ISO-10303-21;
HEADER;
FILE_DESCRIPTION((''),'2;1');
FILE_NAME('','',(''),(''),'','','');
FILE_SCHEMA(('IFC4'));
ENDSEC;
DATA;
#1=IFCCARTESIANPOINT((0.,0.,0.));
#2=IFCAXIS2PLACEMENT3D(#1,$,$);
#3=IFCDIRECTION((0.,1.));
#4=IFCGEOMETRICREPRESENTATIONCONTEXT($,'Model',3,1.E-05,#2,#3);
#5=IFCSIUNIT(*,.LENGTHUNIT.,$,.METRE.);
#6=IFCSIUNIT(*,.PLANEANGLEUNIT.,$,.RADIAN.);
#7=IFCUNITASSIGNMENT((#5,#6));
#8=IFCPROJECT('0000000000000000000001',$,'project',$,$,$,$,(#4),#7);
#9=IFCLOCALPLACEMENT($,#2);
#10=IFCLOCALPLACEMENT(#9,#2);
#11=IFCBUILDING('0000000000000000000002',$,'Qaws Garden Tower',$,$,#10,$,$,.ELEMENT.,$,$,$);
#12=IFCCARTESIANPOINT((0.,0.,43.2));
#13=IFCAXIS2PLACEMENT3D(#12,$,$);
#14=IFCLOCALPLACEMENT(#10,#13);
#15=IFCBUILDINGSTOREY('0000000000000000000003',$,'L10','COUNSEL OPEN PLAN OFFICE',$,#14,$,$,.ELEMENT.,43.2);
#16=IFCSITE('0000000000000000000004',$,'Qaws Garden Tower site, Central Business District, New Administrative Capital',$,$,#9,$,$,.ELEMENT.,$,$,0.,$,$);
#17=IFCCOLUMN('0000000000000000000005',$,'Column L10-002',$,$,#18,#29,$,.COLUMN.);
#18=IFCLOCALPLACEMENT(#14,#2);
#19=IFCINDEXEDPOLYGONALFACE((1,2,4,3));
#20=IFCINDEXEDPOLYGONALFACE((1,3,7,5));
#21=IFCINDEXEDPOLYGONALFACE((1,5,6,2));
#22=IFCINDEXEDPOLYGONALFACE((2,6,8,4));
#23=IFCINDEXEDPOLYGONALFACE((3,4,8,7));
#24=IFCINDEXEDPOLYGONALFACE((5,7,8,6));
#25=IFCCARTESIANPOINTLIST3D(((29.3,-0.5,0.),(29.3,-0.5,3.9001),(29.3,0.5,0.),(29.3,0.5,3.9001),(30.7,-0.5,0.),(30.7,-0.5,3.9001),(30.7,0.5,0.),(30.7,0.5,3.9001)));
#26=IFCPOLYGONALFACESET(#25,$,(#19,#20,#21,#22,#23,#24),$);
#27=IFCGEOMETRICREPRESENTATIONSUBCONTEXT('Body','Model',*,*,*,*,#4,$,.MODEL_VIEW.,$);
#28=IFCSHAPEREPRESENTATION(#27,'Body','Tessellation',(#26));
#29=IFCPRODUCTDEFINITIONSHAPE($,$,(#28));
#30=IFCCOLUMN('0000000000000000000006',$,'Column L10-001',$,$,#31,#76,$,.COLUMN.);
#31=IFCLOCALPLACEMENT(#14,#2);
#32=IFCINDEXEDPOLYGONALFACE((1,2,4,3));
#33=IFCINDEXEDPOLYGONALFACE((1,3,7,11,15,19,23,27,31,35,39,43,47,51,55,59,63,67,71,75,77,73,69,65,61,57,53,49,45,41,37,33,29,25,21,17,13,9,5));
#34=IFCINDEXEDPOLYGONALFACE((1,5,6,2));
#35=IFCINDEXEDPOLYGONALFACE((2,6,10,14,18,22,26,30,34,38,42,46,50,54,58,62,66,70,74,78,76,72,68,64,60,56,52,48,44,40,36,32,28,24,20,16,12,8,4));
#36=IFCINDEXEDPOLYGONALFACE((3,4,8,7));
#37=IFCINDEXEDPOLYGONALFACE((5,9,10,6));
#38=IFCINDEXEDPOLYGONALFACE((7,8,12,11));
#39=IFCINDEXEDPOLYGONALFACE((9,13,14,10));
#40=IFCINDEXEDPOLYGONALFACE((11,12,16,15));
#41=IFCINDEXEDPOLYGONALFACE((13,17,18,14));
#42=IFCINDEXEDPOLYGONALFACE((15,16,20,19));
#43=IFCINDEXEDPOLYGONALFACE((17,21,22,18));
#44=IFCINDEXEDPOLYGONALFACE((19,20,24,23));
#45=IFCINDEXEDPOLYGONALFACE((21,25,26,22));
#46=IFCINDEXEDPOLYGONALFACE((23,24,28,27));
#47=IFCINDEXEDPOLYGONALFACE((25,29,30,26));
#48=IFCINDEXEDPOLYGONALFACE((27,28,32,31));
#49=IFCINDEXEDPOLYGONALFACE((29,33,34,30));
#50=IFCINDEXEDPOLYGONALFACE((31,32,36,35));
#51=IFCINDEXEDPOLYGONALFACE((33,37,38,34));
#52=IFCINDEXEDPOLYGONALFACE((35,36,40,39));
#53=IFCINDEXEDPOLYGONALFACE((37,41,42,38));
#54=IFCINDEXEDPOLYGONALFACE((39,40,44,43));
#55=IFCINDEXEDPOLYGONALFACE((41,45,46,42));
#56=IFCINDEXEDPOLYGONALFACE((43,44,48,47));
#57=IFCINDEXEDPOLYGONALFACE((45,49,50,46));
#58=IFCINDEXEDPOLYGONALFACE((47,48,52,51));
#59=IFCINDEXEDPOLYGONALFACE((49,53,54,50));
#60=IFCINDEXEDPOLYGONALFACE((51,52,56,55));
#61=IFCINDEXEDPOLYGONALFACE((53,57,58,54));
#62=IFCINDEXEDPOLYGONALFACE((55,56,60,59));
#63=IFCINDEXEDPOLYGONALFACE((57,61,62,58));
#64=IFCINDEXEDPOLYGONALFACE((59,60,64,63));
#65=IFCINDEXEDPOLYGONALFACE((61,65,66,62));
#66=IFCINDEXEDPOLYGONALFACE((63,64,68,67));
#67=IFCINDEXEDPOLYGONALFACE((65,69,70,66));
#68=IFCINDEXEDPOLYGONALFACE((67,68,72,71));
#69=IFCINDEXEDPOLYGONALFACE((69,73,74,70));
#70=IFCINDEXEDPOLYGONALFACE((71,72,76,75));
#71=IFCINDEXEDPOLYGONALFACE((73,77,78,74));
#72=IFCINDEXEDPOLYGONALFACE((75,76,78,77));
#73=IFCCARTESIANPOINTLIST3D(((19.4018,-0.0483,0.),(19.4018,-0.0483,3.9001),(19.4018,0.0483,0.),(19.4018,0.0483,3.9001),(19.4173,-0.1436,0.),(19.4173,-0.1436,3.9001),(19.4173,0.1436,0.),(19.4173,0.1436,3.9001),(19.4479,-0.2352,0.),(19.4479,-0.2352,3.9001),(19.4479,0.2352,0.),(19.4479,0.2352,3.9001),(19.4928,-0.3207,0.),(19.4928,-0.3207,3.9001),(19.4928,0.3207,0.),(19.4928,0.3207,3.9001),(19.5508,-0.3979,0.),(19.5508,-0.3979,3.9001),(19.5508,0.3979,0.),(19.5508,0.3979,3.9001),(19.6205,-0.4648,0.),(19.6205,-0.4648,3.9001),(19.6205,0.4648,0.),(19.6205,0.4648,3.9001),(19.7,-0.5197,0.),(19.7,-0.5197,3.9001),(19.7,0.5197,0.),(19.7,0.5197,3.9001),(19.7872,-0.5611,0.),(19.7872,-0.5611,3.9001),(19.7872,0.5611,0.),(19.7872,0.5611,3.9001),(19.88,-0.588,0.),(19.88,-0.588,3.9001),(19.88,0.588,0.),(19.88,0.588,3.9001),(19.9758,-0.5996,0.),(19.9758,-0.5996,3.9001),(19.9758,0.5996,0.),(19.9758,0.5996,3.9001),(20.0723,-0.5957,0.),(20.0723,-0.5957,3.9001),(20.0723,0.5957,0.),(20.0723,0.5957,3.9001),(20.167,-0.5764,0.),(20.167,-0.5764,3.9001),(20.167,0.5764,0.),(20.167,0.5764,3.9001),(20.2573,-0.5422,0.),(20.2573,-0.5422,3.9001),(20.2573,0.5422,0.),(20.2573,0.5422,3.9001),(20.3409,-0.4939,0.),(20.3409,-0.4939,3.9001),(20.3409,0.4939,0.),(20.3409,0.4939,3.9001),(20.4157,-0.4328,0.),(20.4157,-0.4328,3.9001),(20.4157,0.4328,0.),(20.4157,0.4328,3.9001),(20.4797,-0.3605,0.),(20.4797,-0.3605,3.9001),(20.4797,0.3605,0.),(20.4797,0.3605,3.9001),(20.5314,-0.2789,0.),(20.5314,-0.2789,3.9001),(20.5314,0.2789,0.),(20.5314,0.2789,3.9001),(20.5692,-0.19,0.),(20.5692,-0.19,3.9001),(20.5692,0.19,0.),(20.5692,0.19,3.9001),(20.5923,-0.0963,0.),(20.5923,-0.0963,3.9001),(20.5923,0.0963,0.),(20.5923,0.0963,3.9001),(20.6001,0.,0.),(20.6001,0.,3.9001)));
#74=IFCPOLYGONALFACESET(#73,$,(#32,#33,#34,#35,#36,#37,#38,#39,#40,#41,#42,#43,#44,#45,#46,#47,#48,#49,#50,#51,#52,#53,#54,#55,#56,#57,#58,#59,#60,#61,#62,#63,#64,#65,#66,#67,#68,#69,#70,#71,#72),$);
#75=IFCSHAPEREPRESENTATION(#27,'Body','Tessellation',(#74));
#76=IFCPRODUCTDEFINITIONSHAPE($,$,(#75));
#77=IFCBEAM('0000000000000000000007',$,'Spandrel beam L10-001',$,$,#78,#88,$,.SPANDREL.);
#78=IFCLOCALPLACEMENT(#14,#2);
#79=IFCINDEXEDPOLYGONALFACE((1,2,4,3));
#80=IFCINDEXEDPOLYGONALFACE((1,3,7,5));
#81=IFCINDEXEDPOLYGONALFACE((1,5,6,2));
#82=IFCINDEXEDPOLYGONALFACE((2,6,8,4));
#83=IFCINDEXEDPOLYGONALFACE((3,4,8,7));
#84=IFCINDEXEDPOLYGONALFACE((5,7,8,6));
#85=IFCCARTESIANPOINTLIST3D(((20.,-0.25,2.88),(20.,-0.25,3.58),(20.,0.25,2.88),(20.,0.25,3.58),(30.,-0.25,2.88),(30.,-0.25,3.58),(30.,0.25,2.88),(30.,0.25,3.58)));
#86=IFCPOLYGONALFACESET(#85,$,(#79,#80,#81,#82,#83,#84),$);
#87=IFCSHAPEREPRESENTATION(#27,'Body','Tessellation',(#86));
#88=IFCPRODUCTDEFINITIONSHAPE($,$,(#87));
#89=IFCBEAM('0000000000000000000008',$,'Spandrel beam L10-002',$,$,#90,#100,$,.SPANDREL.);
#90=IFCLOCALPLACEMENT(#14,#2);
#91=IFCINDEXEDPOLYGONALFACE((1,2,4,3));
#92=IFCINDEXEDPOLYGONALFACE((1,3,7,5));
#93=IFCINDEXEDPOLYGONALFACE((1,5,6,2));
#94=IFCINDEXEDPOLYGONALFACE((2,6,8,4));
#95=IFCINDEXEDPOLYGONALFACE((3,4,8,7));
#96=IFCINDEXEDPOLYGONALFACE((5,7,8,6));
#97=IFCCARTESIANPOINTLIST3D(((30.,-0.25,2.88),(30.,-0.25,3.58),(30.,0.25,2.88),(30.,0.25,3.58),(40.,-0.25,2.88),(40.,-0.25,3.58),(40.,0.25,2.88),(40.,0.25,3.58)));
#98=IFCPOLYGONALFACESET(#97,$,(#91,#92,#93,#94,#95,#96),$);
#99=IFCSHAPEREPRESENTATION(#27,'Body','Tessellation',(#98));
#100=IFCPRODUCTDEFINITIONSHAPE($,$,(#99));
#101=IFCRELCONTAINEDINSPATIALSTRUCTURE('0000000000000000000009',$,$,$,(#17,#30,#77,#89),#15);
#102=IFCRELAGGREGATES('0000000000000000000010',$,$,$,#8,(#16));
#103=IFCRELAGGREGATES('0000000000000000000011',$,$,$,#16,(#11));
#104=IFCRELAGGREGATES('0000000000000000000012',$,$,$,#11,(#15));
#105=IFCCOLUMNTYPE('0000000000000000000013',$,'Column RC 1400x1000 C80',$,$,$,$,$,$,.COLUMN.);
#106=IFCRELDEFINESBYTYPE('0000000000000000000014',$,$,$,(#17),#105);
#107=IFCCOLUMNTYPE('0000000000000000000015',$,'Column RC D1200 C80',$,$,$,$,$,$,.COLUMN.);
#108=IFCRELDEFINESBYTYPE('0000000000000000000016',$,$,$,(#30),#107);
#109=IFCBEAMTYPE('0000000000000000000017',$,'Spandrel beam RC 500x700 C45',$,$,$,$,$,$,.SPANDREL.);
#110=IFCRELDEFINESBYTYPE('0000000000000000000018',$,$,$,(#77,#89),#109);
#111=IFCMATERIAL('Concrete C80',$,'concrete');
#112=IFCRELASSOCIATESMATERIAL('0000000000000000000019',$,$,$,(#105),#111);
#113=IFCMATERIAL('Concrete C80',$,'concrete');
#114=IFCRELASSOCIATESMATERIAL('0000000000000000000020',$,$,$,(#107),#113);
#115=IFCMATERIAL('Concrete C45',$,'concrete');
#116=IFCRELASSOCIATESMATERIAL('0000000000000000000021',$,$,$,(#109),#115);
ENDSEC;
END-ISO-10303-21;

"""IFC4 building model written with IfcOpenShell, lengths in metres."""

from ifc_helpers import new_model, si_unit, direction, frame, origin, origin_2d, place, context, subcontext, project, spatial, rectangle, circle, extrude, material, material_profile, profile_set, type_object, element, save


model = new_model("IFC4")

# Units and contexts
model_context = context("Model", 3, precision=1e-05, world=origin(), true_north=direction((0.0, 1.0)))
body_context = subcontext(model_context, "Body", "Model", "MODEL_VIEW")
ifc_project = project(units=[si_unit("LENGTHUNIT", "METRE"), si_unit("PLANEANGLEUNIT", "RADIAN")], contexts=[model_context])

# Site, building, storey
site_placement = place(None, origin())
site = spatial("IfcSite", under=ifc_project, at=site_placement, Name="Qaws Garden Tower site, Central Business District, New Administrative Capital", CompositionType="ELEMENT", RefElevation=0.0)
building_placement = place(site_placement, origin())
building = spatial("IfcBuilding", under=site, at=building_placement, Name="Qaws Garden Tower", CompositionType="ELEMENT")
storey_placement = place(building_placement, frame((0.0, 0.0, 43.2)))
storey = spatial("IfcBuildingStorey", under=building, at=storey_placement, Name="L10", Description="COUNSEL OPEN PLAN OFFICE", CompositionType="ELEMENT", Elevation=43.2)

# Columns
ifc_material_1 = material(Name="Concrete C80", Category="concrete")
ifc_material_profile_1 = material_profile(ifc_material_1, rectangle(XDim=1.3999, YDim=1.0, at=origin_2d()), Name="RC 1400x1000")
ifc_profile_set_1 = profile_set([ifc_material_profile_1], Name="Concrete C80")
column_type_1 = type_object("IfcColumnType", Name="Column RC 1400x1000 C80", PredefinedType="COLUMN", material=ifc_profile_set_1)
column_1_placement = place(storey_placement, frame((30.0, 0.0, 0.0), z_axis=(0.0, 0.0, 1.0), x_axis=(1.0, 0.0, 0.0)))
element("IfcColumn", 1, at=column_1_placement, inside=storey, type_object=column_type_1, Name="Column L10-002", PredefinedType="COLUMN", context=body_context, shape_type="SweptSolid", body=[
    extrude(rectangle(XDim=1.3999, YDim=1.0, at=origin_2d()), origin(), (0.0, 0.0, 1.0), 3.9001),
])
ifc_material_2 = material(Name="Concrete C80", Category="concrete")
ifc_material_profile_2 = material_profile(ifc_material_2, circle(Radius=0.6001, at=origin_2d()), Name="RC D1200")
ifc_profile_set_2 = profile_set([ifc_material_profile_2], Name="Concrete C80")
column_type_2 = type_object("IfcColumnType", Name="Column RC D1200 C80", PredefinedType="COLUMN", material=ifc_profile_set_2)
column_2_placement = place(storey_placement, frame((20.0, 0.0, 0.0), z_axis=(0.0, 0.0, 1.0), x_axis=(1.0, 0.0, 0.0)))
element("IfcColumn", 2, at=column_2_placement, inside=storey, type_object=column_type_2, Name="Column L10-001", PredefinedType="COLUMN", context=body_context, shape_type="SweptSolid", body=[
    extrude(circle(Radius=0.6001, at=origin_2d()), origin(), (0.0, 0.0, 1.0), 3.9001),
])

# Beams
ifc_material_3 = material(Name="Concrete C45", Category="concrete")
ifc_material_profile_3 = material_profile(ifc_material_3, rectangle(XDim=0.5, YDim=0.7, at=origin_2d()), Name="RC 500x700")
ifc_profile_set_3 = profile_set([ifc_material_profile_3], Name="Concrete C45")
beam_type = type_object("IfcBeamType", Name="Spandrel beam RC 500x700 C45", PredefinedType="SPANDREL", material=ifc_profile_set_3)
for number, where, z_axis, x_axis, name in (
    (3, (20.0, 0.0, 3.23), (1.0, 0.0, 0.0), (0.0, 1.0, 0.0), "Spandrel beam L10-001"),
    (4, (30.0, 0.0, 3.23), (1.0, 0.0, 0.0), (0.0, 1.0, 0.0), "Spandrel beam L10-002"),
):
    element("IfcBeam", number, at=place(storey_placement, frame(where, z_axis=z_axis, x_axis=x_axis)), inside=storey, type_object=beam_type, Name=name, PredefinedType="SPANDREL", context=body_context, shape_type="SweptSolid", body=[
        extrude(rectangle(XDim=0.5, YDim=0.7, at=origin_2d()), origin(), (0.0, 0.0, 1.0), 10.0),
    ])

save(model, "model.ifc")
